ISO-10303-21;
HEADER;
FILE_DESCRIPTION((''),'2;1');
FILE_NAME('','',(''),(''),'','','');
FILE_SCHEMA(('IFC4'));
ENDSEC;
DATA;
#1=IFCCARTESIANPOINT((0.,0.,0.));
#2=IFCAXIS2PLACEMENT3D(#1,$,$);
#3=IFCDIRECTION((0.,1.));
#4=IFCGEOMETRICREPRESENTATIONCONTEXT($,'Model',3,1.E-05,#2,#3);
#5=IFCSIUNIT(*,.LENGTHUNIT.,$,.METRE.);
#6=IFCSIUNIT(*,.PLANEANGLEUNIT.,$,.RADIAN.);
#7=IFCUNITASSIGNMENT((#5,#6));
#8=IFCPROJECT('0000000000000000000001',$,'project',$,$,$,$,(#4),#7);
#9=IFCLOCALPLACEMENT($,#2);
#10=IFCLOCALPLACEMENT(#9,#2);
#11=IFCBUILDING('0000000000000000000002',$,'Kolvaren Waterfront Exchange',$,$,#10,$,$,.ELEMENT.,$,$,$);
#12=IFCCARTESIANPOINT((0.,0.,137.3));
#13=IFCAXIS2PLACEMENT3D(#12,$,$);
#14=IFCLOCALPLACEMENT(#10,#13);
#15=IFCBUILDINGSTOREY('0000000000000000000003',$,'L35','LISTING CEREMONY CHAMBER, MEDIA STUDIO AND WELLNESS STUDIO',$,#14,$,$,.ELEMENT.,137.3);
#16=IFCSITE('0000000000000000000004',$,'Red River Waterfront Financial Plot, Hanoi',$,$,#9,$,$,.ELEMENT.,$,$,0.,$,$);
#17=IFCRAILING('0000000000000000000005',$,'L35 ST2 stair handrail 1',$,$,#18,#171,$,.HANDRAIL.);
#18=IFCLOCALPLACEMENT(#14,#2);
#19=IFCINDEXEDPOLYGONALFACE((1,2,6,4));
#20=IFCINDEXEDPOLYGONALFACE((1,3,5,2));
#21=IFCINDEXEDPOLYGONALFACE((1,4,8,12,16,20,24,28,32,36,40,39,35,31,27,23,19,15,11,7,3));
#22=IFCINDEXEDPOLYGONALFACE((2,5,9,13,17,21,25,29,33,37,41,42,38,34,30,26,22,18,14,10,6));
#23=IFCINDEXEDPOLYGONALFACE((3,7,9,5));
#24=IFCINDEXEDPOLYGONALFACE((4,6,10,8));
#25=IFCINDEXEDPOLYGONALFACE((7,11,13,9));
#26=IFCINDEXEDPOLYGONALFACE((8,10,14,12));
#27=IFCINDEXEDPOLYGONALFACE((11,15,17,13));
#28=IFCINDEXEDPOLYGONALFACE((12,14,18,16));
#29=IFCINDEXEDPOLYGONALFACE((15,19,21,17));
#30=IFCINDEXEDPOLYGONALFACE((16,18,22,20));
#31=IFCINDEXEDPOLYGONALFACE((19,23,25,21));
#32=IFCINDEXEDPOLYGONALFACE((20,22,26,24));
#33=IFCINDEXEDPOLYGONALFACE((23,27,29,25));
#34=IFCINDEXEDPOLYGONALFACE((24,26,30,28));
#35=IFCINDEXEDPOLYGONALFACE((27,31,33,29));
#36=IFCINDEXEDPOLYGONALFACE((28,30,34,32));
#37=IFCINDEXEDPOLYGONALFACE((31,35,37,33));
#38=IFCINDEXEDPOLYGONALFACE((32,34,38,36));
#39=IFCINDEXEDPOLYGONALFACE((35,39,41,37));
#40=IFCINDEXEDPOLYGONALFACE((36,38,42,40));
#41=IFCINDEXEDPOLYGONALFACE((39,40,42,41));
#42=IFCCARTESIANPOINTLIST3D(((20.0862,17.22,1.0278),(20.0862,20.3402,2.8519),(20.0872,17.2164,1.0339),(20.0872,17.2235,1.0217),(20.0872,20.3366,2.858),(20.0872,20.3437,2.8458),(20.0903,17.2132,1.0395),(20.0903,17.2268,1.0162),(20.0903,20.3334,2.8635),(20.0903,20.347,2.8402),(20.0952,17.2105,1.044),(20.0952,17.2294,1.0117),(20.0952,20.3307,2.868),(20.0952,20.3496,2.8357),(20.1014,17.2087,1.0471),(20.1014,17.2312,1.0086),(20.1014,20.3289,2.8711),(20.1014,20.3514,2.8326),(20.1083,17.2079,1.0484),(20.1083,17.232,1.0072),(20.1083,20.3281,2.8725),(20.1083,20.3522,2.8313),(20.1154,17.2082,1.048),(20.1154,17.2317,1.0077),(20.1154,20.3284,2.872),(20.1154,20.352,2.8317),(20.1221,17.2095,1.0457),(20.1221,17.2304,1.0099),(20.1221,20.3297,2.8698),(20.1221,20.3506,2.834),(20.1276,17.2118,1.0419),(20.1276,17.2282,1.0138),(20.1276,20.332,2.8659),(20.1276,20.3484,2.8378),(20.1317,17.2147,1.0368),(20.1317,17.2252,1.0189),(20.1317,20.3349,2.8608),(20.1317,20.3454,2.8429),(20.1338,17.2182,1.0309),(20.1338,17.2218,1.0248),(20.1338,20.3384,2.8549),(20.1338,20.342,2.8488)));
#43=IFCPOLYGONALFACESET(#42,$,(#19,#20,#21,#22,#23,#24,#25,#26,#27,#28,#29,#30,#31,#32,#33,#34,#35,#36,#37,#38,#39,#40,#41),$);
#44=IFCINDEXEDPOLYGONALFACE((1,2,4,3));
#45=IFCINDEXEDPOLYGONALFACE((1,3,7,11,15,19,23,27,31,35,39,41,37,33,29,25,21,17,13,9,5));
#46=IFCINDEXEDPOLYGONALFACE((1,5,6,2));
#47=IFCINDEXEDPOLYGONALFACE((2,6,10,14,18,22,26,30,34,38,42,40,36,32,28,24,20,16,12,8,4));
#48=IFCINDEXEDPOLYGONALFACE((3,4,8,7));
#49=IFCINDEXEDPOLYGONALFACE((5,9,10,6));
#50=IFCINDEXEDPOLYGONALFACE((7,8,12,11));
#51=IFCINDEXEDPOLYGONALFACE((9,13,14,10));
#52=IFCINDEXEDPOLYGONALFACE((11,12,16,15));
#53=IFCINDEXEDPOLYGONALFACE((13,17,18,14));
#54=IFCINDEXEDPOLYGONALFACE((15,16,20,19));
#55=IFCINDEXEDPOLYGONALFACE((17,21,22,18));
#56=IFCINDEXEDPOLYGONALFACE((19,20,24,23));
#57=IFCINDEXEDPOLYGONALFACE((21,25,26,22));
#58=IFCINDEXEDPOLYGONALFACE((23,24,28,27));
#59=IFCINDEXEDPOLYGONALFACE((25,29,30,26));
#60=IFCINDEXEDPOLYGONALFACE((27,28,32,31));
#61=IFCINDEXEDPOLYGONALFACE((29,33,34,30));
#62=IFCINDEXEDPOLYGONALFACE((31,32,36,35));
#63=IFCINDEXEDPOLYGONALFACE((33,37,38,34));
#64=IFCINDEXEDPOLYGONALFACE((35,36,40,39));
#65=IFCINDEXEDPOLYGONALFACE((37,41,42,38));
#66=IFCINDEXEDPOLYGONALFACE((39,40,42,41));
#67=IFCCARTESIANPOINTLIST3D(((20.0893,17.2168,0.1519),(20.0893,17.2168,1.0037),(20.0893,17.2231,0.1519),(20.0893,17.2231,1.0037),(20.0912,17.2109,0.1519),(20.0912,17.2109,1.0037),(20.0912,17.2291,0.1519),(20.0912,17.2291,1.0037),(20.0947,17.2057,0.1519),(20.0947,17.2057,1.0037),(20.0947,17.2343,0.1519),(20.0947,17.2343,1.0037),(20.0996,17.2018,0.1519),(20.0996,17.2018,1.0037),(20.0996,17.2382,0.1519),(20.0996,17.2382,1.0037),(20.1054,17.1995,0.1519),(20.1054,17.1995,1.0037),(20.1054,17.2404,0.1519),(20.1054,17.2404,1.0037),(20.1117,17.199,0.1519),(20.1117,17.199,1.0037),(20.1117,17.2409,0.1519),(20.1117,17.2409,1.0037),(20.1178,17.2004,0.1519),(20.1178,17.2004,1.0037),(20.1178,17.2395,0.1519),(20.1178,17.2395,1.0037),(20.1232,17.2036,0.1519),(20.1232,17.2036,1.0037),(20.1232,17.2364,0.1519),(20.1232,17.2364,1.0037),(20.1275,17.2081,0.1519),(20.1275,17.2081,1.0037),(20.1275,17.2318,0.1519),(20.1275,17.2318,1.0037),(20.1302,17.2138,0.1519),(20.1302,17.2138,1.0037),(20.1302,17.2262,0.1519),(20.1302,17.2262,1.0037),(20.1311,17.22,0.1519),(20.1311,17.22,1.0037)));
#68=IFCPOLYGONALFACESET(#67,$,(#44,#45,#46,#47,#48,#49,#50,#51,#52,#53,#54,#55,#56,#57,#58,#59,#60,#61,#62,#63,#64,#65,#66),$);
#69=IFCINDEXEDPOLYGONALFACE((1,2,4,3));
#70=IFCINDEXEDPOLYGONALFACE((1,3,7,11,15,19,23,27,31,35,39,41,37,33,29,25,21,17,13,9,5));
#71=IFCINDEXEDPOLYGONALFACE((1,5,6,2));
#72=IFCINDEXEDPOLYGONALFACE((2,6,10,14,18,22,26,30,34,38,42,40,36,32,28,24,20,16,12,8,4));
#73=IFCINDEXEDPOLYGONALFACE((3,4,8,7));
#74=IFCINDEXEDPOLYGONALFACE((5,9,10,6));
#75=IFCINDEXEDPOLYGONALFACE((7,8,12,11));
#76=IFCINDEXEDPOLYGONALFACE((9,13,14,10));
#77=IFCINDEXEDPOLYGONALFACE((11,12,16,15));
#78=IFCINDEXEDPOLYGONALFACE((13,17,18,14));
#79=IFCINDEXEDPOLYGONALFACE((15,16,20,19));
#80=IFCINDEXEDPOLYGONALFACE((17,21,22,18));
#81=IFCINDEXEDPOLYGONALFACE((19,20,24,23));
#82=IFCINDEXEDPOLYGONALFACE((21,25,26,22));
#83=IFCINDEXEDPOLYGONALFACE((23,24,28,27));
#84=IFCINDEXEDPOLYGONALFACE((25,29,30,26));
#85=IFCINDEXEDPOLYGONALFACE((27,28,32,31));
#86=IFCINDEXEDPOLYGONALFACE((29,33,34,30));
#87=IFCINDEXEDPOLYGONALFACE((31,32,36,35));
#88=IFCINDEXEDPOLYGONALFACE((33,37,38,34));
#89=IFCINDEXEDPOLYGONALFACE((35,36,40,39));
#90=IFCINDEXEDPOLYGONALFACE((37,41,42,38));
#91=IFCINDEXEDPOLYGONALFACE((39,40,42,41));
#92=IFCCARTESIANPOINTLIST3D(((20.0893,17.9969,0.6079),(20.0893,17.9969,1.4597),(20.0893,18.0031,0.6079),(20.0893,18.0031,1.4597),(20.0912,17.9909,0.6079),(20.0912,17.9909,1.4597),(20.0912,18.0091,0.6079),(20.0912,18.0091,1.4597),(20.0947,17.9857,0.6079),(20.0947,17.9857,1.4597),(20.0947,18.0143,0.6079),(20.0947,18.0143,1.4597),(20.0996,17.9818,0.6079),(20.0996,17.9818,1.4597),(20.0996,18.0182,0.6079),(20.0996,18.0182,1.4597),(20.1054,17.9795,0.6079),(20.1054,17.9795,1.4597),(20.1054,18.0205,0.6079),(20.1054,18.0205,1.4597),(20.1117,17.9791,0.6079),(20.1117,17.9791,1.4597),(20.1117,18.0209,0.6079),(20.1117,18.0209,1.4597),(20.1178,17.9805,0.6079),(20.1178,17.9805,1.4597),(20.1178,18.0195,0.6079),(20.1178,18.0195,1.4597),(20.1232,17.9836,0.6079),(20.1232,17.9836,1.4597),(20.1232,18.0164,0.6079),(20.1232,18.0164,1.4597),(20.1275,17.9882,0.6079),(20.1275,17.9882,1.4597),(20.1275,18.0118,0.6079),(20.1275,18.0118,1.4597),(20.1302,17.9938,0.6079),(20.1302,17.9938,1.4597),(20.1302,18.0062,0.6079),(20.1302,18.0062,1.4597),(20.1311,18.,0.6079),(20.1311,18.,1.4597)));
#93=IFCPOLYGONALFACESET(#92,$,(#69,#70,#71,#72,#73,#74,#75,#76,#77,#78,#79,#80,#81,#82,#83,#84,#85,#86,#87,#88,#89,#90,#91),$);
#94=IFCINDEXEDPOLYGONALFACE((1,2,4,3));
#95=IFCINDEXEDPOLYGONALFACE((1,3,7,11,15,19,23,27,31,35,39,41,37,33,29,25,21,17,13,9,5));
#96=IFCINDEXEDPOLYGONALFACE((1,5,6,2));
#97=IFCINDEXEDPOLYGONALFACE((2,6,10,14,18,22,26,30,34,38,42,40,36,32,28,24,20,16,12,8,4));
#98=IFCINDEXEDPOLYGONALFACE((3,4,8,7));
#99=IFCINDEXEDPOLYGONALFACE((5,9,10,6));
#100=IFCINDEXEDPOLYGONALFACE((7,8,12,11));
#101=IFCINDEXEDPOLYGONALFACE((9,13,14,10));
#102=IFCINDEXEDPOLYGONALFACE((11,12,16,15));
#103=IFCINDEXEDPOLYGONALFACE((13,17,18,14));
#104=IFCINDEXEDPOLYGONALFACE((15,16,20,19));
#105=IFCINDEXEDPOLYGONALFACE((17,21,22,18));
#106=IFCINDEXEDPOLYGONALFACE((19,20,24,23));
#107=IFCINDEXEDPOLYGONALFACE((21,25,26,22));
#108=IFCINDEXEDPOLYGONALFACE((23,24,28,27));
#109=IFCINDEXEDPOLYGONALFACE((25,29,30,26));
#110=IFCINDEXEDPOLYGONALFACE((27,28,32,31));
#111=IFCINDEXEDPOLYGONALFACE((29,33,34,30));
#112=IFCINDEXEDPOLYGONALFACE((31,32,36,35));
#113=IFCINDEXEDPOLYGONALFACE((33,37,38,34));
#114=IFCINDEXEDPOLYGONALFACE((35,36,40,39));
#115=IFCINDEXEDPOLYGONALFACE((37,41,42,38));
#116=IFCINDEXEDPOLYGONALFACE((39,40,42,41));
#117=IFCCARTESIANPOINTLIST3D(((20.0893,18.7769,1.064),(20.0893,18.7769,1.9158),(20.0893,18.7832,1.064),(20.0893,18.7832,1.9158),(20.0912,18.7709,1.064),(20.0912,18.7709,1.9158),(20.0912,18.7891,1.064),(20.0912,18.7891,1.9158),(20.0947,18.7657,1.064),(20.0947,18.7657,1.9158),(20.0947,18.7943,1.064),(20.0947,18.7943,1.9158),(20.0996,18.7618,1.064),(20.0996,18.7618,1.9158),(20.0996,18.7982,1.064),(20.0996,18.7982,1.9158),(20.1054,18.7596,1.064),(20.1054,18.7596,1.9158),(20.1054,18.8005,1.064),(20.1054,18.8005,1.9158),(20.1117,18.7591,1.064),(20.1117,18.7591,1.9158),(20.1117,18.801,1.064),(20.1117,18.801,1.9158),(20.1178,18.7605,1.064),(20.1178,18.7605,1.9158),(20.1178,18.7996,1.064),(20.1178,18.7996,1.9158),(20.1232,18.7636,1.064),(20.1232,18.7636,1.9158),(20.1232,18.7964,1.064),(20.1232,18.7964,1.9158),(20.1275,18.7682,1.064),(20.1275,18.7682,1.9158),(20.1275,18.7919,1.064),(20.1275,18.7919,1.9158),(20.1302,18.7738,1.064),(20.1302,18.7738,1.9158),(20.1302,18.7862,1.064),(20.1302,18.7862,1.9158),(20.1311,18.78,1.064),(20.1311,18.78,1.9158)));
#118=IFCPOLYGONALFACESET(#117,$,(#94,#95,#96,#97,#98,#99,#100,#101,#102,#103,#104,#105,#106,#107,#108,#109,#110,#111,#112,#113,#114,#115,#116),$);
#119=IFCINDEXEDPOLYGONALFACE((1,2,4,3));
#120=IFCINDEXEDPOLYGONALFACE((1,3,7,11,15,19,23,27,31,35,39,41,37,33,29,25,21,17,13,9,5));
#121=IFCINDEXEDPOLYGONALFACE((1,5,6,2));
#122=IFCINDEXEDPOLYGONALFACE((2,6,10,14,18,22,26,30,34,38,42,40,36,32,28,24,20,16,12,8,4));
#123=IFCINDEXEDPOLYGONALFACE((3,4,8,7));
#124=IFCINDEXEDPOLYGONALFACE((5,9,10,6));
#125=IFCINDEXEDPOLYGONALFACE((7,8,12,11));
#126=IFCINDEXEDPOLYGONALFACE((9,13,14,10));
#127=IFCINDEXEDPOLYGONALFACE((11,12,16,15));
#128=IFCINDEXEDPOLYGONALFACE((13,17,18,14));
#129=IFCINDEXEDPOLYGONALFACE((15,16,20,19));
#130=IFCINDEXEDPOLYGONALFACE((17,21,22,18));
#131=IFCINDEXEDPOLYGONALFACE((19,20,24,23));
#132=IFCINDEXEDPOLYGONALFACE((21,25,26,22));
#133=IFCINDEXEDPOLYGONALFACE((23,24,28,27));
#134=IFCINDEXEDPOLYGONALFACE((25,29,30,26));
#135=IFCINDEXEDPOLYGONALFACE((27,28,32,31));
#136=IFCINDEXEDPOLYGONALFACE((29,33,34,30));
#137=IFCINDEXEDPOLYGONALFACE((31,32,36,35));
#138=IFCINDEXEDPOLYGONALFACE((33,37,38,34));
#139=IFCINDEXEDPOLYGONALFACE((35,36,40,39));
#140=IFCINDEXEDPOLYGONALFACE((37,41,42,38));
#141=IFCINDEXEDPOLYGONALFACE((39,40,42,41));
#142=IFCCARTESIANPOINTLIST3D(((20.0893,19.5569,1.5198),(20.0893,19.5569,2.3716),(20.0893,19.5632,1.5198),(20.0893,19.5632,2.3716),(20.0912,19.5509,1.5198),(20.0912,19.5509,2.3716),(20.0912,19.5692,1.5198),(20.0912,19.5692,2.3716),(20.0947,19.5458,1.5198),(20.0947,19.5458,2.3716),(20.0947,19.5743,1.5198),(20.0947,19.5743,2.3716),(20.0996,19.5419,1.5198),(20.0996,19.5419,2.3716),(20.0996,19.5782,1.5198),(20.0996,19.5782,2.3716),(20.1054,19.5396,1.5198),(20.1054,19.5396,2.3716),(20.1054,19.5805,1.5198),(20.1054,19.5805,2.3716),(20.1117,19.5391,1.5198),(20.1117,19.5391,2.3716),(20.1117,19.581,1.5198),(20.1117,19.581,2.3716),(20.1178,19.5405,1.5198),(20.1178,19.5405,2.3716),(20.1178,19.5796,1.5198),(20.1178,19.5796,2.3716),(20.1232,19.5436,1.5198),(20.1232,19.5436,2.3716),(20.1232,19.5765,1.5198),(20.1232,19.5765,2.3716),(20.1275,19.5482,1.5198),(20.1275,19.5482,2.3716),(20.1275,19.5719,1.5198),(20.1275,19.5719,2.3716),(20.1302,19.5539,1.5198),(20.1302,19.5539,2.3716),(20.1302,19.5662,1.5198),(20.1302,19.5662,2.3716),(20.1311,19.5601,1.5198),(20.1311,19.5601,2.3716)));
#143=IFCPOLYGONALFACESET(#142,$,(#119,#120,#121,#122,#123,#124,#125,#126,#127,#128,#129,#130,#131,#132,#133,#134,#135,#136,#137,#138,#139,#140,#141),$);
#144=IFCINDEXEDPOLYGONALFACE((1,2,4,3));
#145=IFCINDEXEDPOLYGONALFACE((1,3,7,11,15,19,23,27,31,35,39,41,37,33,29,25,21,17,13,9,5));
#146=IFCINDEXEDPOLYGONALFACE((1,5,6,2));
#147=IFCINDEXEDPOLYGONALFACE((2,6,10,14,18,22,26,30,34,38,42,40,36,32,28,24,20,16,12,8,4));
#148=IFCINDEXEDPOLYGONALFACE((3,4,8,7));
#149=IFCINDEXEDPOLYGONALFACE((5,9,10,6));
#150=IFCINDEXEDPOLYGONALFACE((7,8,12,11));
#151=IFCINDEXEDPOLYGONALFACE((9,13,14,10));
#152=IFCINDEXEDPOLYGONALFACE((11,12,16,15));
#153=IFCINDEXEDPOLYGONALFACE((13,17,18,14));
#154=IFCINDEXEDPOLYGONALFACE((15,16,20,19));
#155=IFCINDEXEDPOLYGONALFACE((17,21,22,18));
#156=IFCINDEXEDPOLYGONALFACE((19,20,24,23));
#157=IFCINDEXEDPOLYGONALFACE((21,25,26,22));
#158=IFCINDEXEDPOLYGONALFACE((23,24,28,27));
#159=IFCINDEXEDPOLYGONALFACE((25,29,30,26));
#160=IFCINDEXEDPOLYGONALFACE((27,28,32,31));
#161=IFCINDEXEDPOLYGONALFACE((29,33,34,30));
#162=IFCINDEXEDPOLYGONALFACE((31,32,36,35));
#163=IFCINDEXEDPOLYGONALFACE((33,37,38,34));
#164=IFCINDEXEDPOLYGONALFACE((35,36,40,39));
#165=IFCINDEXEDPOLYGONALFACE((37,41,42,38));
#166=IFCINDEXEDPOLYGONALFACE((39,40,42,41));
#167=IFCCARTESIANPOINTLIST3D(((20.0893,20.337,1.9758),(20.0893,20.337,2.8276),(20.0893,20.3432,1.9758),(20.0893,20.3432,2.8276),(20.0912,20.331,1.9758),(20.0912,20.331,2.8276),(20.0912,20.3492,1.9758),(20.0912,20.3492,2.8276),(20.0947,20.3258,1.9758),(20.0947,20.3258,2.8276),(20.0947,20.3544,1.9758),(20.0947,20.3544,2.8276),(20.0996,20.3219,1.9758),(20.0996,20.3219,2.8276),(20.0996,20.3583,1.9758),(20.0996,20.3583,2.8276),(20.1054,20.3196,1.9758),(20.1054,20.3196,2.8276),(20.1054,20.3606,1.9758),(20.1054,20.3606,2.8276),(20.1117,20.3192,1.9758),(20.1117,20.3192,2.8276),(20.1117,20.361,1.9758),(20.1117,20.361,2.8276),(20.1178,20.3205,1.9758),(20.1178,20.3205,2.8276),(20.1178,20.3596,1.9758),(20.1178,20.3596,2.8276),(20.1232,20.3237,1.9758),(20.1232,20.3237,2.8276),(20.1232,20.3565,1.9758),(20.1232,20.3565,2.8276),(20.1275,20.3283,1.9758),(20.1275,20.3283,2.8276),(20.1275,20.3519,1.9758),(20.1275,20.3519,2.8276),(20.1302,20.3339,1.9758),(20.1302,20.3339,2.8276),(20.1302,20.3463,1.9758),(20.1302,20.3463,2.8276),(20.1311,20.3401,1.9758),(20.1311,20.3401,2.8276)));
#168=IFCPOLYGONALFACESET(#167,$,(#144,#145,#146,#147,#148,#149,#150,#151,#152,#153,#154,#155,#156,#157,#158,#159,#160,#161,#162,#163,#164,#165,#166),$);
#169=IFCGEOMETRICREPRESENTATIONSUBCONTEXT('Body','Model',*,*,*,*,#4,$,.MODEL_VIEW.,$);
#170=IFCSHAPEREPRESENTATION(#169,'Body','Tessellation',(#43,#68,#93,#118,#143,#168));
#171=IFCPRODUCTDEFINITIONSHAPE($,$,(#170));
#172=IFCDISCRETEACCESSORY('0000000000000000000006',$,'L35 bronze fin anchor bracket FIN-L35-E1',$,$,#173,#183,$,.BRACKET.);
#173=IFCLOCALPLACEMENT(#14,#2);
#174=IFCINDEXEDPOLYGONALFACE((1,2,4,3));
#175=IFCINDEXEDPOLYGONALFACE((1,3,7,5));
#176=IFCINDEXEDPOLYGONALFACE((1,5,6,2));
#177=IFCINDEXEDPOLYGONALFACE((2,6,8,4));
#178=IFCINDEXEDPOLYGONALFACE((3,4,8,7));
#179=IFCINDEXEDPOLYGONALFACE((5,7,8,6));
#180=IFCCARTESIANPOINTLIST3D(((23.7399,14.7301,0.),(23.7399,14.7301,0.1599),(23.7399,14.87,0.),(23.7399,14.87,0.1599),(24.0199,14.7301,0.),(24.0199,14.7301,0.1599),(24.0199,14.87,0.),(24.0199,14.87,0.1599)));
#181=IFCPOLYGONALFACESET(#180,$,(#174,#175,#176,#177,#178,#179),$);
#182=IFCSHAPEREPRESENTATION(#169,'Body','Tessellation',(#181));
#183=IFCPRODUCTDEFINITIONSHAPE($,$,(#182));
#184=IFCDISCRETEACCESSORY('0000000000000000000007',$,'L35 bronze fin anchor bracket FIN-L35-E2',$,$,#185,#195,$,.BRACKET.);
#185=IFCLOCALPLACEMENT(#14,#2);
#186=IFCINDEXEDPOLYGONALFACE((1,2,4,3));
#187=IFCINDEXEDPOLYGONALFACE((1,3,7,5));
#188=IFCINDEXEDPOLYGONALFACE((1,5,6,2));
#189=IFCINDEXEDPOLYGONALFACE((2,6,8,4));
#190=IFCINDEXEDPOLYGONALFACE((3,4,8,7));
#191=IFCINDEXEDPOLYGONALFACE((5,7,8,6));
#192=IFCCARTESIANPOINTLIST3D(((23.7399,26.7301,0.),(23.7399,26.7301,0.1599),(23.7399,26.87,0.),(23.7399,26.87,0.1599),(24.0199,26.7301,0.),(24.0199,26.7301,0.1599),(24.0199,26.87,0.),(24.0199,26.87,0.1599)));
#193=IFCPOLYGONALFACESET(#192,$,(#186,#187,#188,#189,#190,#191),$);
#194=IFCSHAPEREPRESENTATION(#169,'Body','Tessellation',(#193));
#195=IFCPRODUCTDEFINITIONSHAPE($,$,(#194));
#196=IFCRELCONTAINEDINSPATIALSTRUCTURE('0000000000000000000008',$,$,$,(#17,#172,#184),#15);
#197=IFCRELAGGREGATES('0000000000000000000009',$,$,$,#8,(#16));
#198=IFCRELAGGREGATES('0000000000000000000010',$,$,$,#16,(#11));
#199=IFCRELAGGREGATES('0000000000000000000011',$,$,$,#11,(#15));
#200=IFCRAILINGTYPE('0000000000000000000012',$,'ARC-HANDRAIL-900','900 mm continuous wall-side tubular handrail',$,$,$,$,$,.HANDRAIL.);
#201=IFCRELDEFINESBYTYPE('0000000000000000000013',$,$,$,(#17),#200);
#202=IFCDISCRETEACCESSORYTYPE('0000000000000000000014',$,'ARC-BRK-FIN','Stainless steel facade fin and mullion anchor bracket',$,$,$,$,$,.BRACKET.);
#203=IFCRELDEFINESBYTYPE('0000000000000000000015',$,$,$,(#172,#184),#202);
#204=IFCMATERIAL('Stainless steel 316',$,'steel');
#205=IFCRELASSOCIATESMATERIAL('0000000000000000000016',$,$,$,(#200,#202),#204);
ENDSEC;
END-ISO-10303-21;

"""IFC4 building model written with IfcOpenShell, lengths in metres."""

from ifc_helpers import new_model, si_unit, direction, frame, origin, origin_with_axes, origin_2d, place, context, subcontext, project, spatial, rectangle, circle, extrude, source, transform, mapped, material, type_object, element, save


model = new_model("IFC4")

# Units and contexts
model_context = context("Model", 3, precision=1e-05, world=origin(), true_north=direction((0.0, 1.0)))
body_context = subcontext(model_context, "Body", "Model", "MODEL_VIEW")
ifc_project = project(units=[si_unit("LENGTHUNIT", "METRE"), si_unit("PLANEANGLEUNIT", "RADIAN")], contexts=[model_context])

# Site, building, storey
site_placement = place(None, origin())
site = spatial("IfcSite", under=ifc_project, at=site_placement, Name="Red River Waterfront Financial Plot, Hanoi", CompositionType="ELEMENT", RefElevation=0.0)
building_placement = place(site_placement, origin())
building = spatial("IfcBuilding", under=site, at=building_placement, Name="Kolvaren Waterfront Exchange", CompositionType="ELEMENT")
storey_placement = place(building_placement, frame((0.0, 0.0, 137.3)))
storey = spatial("IfcBuildingStorey", under=building, at=storey_placement, Name="L35", Description="LISTING CEREMONY CHAMBER, MEDIA STUDIO AND WELLNESS STUDIO", CompositionType="ELEMENT", Elevation=137.3)

# Railing
ifc_material_1 = material(Name="Stainless steel 316", Category="steel")
railing_type_1 = type_object("IfcRailingType", Name="ARC-HANDRAIL-900", Description="900 mm continuous wall-side tubular handrail", PredefinedType="HANDRAIL", material=ifc_material_1)
railing_1_placement = place(storey_placement, frame((20.1101, 17.22, 0.1519)))
element("IfcRailing", 1, at=railing_1_placement, inside=storey, type_object=railing_type_1, Name="L35 ST2 stair handrail 1", PredefinedType="HANDRAIL", context=body_context, shape_type="SweptSolid", body=[
    extrude(circle(Radius=0.0239, at=origin_2d()), frame((0.0, 0.0, 0.876), z_axis=(0.0, 0.863308, 0.504677), x_axis=(-1.0, 0.0, 0.0)), (0.0, 0.0, 1.0), 3.6143),
    extrude(circle(Radius=0.021, at=origin_2d()), origin(), (0.0, 0.0, 1.0), 0.8518),
    extrude(circle(Radius=0.021, at=origin_2d()), frame((0.0, 0.78, 0.4561)), (0.0, 0.0, 1.0), 0.8518),
    extrude(circle(Radius=0.021, at=origin_2d()), frame((0.0, 1.5601, 0.9121)), (0.0, 0.0, 1.0), 0.8518),
    extrude(circle(Radius=0.021, at=origin_2d()), frame((0.0, 2.3401, 1.3679)), (0.0, 0.0, 1.0), 0.8518),
    extrude(circle(Radius=0.021, at=origin_2d()), frame((0.0, 3.1201, 1.824)), (0.0, 0.0, 1.0), 0.8518),
])

# Discrete accessories
discrete_accessory_type = type_object("IfcDiscreteAccessoryType", Name="ARC-BRK-FIN", Description="Stainless steel facade fin and mullion anchor bracket", PredefinedType="BRACKET", material=ifc_material_1)
shared_shape_1 = source(origin_with_axes(), body_context, "Body", "SweptSolid", [
    extrude(rectangle(XDim=0.28, YDim=0.1399, at=origin_2d()), origin(), (0.0, 0.0, 1.0), 0.1599),
])
for number, where, z_axis, x_axis, name in (
    (2, (23.8799, 14.8, 0.0), (0.0, 0.0, 1.0), (1.0, 0.0, 0.0), "L35 bronze fin anchor bracket FIN-L35-E1"),
    (3, (23.8799, 26.8, 0.0), (0.0, 0.0, 1.0), (1.0, 0.0, 0.0), "L35 bronze fin anchor bracket FIN-L35-E2"),
):
    element("IfcDiscreteAccessory", number, at=place(storey_placement, frame(where, z_axis=z_axis, x_axis=x_axis)), inside=storey, type_object=discrete_accessory_type, Name=name, PredefinedType="BRACKET", context=body_context, shape_type="MappedRepresentation", body=[
        mapped(shared_shape_1, transform((0.0, 0.0, 0.0), x_axis=(1.0, 0.0, 0.0), y_axis=(0.0, 1.0, 0.0), z_axis=(0.0, 0.0, 1.0), scale=1.0)),
    ])

save(model, "model.ifc")
